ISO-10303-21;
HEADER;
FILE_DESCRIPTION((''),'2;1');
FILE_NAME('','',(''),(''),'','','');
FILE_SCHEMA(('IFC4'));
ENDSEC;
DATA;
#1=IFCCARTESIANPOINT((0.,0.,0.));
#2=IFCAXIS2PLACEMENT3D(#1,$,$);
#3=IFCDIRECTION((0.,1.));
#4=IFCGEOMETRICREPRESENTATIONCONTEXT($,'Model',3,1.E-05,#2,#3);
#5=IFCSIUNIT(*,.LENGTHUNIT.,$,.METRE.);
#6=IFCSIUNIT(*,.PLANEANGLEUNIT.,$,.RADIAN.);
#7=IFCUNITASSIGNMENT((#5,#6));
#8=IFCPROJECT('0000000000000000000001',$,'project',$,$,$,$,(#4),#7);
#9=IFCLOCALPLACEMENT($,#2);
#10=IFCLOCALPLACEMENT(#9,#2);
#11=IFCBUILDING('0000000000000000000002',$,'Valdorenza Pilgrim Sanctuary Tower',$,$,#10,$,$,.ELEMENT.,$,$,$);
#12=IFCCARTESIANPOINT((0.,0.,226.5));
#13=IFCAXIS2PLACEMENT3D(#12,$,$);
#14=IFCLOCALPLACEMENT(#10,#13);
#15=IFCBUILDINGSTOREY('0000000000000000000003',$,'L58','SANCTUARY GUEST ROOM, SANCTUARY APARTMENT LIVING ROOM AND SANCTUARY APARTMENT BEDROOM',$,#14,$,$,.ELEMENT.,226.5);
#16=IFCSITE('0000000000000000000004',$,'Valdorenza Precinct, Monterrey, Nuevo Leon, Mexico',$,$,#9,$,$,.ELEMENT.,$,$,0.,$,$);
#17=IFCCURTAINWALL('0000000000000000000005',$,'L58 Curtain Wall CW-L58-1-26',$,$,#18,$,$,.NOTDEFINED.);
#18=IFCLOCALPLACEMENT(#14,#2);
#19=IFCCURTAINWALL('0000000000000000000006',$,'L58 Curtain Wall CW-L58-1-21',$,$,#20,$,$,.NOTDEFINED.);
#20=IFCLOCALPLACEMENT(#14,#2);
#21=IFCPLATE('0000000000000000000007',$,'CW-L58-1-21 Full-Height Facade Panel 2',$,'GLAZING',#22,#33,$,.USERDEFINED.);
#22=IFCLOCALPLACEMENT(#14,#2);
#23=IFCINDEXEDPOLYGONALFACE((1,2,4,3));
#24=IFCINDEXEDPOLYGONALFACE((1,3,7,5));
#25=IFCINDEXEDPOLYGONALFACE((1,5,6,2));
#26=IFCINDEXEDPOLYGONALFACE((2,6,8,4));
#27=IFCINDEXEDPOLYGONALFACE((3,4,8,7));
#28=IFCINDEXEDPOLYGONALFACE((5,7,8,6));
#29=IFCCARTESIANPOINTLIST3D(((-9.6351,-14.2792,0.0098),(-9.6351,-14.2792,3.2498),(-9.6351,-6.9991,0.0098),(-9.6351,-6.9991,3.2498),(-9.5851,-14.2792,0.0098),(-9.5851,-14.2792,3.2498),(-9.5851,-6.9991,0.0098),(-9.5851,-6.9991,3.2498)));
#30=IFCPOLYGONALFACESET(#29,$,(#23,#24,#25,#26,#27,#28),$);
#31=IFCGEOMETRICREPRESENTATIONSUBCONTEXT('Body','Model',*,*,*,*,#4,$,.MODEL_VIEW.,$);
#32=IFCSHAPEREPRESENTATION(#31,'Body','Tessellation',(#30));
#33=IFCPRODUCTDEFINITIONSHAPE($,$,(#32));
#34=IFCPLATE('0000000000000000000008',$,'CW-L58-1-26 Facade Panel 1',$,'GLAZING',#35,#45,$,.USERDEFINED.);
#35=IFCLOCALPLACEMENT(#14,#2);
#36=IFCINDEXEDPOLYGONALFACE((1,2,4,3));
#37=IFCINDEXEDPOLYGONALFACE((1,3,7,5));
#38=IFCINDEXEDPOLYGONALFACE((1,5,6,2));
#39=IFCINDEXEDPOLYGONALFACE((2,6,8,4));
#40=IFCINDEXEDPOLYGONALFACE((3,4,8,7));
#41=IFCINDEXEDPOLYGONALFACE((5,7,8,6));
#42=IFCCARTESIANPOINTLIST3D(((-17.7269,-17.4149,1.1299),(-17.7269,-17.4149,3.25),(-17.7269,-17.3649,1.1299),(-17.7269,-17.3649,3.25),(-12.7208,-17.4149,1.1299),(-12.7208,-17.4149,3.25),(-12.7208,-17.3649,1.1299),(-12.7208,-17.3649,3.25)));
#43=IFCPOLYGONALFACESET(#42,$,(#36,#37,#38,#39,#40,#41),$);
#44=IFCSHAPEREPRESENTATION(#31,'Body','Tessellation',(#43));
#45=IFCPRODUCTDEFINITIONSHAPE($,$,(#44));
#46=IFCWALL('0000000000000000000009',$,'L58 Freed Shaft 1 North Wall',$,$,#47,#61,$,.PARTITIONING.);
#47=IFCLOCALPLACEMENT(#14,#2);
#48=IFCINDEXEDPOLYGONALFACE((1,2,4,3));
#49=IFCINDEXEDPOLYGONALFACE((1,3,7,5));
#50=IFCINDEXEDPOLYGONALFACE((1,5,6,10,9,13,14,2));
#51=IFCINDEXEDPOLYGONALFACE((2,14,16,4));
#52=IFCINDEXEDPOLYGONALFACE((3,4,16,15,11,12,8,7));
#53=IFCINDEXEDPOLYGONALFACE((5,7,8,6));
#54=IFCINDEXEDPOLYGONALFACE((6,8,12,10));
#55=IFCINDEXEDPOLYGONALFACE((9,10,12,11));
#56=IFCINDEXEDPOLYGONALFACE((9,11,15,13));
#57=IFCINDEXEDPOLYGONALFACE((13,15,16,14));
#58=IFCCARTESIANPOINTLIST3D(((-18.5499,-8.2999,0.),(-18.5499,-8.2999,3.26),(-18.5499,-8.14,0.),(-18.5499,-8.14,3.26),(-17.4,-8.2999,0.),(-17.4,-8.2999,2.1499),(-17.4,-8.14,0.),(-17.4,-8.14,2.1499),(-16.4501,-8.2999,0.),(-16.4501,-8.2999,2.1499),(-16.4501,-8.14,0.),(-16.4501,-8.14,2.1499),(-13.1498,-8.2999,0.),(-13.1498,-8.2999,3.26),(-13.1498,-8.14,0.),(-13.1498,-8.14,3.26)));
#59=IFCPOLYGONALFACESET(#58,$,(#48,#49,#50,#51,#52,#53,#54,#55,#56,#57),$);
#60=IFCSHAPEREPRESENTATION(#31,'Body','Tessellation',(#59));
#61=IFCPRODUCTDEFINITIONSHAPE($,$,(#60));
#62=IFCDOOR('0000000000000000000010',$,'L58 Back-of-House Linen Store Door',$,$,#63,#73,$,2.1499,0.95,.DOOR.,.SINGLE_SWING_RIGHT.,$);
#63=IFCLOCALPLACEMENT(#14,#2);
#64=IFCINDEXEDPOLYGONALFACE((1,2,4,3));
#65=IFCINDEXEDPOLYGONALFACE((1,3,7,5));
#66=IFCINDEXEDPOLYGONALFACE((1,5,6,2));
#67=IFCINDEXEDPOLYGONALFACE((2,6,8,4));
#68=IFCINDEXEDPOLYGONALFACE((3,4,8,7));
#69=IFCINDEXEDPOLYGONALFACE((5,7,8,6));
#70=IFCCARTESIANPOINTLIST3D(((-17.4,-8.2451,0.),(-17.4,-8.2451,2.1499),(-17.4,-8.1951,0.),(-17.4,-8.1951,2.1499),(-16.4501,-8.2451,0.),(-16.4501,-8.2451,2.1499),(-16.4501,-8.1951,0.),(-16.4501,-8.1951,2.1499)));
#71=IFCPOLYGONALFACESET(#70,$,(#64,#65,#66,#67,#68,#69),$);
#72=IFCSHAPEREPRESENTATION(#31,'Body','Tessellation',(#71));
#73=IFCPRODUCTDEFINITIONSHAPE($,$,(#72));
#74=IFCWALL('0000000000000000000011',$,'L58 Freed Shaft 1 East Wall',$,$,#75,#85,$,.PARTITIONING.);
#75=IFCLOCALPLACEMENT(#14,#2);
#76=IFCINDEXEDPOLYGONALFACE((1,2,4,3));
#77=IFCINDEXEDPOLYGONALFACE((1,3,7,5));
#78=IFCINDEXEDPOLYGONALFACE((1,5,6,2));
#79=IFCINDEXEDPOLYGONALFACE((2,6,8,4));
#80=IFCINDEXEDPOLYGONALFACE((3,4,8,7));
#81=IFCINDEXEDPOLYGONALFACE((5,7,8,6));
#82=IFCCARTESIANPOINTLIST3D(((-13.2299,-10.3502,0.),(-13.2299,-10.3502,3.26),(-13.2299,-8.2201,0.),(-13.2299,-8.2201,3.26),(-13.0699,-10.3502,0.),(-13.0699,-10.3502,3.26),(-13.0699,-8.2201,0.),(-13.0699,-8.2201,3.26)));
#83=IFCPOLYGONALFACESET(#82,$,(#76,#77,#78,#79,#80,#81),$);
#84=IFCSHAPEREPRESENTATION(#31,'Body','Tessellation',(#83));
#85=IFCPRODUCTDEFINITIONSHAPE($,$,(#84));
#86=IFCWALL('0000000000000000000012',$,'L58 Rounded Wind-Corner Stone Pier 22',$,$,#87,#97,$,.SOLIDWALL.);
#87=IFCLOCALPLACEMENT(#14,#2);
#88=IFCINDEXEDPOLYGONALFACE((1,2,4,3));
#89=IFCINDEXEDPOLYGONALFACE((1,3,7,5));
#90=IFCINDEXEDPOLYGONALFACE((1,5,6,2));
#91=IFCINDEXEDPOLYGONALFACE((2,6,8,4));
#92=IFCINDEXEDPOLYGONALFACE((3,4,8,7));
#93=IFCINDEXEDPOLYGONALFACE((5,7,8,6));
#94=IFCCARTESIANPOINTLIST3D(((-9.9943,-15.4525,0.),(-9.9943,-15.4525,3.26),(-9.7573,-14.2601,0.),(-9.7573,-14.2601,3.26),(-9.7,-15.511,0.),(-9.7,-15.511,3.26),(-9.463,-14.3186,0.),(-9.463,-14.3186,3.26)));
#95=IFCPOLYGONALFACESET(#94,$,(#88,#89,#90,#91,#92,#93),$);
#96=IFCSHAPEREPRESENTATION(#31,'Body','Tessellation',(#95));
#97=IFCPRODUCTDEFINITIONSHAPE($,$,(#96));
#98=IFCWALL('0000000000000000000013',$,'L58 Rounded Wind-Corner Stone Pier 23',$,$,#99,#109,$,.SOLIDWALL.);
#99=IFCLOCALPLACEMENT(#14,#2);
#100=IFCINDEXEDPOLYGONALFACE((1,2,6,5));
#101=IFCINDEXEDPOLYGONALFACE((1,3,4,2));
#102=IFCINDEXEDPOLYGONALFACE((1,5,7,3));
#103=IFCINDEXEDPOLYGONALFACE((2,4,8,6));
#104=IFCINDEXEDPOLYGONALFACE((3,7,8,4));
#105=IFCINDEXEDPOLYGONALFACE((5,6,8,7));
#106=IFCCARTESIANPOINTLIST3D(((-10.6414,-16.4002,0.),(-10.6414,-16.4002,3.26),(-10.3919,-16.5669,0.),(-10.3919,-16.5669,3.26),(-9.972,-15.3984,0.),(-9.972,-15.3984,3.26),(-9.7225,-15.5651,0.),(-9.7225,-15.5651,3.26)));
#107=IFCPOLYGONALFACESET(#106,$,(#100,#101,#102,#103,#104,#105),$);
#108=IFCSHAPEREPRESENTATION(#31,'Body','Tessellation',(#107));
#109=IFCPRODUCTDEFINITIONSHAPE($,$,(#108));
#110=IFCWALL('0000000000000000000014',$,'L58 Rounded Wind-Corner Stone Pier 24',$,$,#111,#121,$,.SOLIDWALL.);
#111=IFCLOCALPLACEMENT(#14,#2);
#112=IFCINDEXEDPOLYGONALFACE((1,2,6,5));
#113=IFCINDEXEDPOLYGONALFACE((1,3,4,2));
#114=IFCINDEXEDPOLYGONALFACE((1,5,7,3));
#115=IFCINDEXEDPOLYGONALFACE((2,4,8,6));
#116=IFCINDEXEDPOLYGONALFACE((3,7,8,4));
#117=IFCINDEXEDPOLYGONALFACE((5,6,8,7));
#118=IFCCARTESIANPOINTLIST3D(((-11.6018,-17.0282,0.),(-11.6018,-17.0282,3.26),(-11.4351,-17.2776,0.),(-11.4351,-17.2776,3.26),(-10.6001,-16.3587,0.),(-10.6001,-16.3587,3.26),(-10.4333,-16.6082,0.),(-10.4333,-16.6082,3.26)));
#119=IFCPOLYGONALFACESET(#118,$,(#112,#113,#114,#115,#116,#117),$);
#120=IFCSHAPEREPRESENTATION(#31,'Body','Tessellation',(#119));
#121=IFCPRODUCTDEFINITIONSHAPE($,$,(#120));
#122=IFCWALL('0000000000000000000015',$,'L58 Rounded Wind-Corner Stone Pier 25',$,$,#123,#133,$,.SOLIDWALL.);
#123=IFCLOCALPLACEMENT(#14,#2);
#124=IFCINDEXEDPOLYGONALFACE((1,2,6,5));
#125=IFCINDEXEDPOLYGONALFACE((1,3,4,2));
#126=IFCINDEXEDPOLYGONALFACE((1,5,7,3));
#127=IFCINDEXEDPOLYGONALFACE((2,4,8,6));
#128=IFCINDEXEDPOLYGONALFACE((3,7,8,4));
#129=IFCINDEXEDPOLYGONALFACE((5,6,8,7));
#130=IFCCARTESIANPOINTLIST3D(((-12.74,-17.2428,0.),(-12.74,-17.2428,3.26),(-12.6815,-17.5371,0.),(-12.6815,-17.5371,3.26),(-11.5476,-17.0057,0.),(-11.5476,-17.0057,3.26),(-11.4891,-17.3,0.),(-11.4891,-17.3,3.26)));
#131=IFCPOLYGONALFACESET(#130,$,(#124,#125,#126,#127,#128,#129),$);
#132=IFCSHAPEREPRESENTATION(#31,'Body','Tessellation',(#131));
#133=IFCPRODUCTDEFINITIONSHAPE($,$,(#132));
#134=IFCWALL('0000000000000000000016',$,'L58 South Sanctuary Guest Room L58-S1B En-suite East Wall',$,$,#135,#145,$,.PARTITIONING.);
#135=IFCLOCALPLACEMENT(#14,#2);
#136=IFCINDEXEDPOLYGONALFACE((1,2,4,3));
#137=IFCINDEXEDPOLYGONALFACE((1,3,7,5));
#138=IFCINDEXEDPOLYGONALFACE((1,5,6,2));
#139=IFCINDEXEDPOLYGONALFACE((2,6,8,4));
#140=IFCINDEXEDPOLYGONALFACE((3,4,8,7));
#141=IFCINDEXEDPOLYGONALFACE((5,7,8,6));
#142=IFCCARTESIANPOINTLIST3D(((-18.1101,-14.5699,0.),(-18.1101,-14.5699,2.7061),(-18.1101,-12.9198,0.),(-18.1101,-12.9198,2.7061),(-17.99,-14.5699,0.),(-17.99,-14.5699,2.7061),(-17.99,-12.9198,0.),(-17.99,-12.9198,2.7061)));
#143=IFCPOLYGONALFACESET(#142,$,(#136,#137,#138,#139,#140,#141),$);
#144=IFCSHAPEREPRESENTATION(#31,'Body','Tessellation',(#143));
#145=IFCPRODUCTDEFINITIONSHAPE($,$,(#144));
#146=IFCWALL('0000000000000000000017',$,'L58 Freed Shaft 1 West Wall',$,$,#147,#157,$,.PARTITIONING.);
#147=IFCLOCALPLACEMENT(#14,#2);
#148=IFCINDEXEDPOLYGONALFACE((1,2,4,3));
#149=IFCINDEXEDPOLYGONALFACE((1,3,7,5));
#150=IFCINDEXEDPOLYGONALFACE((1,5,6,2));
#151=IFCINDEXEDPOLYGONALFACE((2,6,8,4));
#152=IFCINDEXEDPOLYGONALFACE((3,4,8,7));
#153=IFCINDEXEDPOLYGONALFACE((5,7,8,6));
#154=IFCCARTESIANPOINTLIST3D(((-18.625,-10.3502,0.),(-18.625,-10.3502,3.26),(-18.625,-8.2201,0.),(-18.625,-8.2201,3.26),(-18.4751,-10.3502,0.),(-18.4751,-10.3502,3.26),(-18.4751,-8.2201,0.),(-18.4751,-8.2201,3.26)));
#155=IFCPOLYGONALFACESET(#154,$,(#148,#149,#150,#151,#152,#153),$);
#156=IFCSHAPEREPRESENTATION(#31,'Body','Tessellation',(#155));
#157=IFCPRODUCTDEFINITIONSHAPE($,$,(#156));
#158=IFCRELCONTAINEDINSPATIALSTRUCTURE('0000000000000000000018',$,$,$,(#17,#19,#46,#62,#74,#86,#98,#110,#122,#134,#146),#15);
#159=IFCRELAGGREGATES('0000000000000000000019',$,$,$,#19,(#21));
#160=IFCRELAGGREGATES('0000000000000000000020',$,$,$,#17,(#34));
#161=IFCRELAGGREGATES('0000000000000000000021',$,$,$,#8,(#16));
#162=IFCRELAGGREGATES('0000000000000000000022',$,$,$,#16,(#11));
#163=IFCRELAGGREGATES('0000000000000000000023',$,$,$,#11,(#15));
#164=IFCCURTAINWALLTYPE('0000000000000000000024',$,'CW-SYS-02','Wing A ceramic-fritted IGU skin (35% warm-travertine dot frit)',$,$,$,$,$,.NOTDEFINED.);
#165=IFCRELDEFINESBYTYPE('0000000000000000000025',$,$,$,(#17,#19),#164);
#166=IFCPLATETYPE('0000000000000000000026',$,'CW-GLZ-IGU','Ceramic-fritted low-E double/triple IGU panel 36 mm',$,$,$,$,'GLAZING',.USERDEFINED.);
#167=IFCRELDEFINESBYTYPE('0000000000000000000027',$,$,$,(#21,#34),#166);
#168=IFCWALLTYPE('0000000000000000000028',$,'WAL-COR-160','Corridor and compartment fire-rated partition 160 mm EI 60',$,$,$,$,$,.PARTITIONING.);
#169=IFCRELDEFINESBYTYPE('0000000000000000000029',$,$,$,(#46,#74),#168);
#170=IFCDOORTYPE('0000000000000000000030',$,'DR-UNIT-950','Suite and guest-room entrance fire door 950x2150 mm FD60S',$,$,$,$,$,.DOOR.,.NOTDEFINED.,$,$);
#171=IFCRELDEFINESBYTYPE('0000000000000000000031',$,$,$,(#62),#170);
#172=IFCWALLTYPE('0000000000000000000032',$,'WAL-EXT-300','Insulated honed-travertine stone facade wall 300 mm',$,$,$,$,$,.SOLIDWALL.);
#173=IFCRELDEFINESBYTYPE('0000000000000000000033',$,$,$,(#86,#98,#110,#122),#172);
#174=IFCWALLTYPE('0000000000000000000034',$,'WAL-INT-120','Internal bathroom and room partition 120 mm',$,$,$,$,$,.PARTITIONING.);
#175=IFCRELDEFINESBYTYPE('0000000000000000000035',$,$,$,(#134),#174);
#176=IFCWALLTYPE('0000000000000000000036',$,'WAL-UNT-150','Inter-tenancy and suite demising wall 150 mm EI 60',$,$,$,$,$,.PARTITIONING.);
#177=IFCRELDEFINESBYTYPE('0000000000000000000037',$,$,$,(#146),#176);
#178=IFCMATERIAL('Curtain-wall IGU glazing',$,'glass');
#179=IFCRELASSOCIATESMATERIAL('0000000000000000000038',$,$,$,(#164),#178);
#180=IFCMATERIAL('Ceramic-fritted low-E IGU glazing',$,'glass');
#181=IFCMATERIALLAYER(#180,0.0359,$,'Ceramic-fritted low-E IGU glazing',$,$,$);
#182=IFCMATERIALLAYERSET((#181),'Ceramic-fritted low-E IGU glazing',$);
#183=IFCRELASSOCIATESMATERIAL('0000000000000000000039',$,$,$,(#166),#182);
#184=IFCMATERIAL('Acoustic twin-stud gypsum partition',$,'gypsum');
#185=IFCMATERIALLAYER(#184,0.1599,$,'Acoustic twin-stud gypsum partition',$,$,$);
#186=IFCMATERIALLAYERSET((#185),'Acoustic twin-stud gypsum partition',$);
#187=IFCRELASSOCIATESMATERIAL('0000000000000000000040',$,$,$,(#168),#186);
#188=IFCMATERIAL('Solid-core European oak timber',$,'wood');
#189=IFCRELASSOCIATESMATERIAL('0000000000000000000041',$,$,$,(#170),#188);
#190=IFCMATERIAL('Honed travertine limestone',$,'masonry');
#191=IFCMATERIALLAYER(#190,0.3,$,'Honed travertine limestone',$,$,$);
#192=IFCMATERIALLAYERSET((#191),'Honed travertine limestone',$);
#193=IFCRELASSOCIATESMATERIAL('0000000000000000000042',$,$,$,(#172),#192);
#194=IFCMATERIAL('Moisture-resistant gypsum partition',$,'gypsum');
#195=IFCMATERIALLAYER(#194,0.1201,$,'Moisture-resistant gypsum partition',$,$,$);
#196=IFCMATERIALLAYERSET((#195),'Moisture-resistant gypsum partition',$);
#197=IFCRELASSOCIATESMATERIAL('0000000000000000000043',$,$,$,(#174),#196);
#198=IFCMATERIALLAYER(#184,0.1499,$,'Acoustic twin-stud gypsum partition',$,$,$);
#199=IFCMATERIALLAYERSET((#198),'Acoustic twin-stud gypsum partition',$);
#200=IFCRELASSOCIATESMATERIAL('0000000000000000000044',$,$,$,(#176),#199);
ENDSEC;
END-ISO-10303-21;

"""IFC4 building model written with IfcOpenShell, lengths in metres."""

from ifc_helpers import new_model, si_unit, direction, frame, frame_2d, origin, origin_2d, place, context, subcontext, project, spatial, rectangle, extrude, source, transform, mapped, material, layer, layer_set, type_object, element, fill, aggregate, save


model = new_model("IFC4")

# Units and contexts
model_context = context("Model", 3, precision=1e-05, world=origin(), true_north=direction((0.0, 1.0)))
body_context = subcontext(model_context, "Body", "Model", "MODEL_VIEW")
ifc_project = project(units=[si_unit("LENGTHUNIT", "METRE"), si_unit("PLANEANGLEUNIT", "RADIAN")], contexts=[model_context])

# Site, building, storey
site_placement = place(None, origin())
site = spatial("IfcSite", under=ifc_project, at=site_placement, Name="Valdorenza Precinct, Monterrey, Nuevo Leon, Mexico", CompositionType="ELEMENT", RefElevation=0.0)
building_placement = place(site_placement, origin())
building = spatial("IfcBuilding", under=site, at=building_placement, Name="Valdorenza Pilgrim Sanctuary Tower", CompositionType="ELEMENT")
storey_placement = place(building_placement, frame((0.0, 0.0, 226.5)))
storey = spatial("IfcBuildingStorey", under=building, at=storey_placement, Name="L58", Description="SANCTUARY GUEST ROOM, SANCTUARY APARTMENT LIVING ROOM AND SANCTUARY APARTMENT BEDROOM", CompositionType="ELEMENT", Elevation=226.5)

# Curtain walls
ifc_material_1 = material(Name="Curtain-wall IGU glazing", Category="glass")
curtain_wall_type = type_object("IfcCurtainWallType", Name="CW-SYS-02", Description="Wing A ceramic-fritted IGU skin (35% warm-travertine dot frit)", PredefinedType="NOTDEFINED", material=ifc_material_1)
curtain_wall_1_placement = place(storey_placement, origin())
curtain_wall_1 = element("IfcCurtainWall", 1, at=curtain_wall_1_placement, inside=storey, type_object=curtain_wall_type, Name="L58 Curtain Wall CW-L58-1-26", PredefinedType="NOTDEFINED")
curtain_wall_2_placement = place(storey_placement, origin())
curtain_wall_2 = element("IfcCurtainWall", 2, at=curtain_wall_2_placement, inside=storey, type_object=curtain_wall_type, Name="L58 Curtain Wall CW-L58-1-21", PredefinedType="NOTDEFINED")

# Plates
ifc_material_2 = material(Name="Honed travertine limestone", Category="masonry")
ifc_material_3 = material(Name="Ceramic-fritted low-E IGU glazing", Category="glass")
ifc_layer_1 = layer(ifc_material_3, 0.0359, Name="Ceramic-fritted low-E IGU glazing")
ifc_layer_set_1 = layer_set([ifc_layer_1], Name="Ceramic-fritted low-E IGU glazing")
plate_type_1 = type_object("IfcPlateType", Name="CW-GLZ-IGU", Description="Ceramic-fritted low-E double/triple IGU panel 36 mm", ElementType="GLAZING", PredefinedType="USERDEFINED", material=ifc_layer_set_1)
shared_shape_1 = source(origin(), body_context, "Body", "SweptSolid", [
    extrude(rectangle(XDim=7.28, YDim=0.05, at=origin_2d()), origin(), (0.0, 0.0, 1.0), 3.24),
])
plate_1_placement = place(storey_placement, frame((-9.6101, -10.6392, 0.0098), z_axis=(0.0, 0.0, 1.0), x_axis=(0.0, -1.0, 0.0)))
plate_1 = element("IfcPlate", 3, at=plate_1_placement, type_object=plate_type_1, Name="CW-L58-1-21 Full-Height Facade Panel 2", ObjectType="GLAZING", PredefinedType="USERDEFINED", context=body_context, shape_type="MappedRepresentation", body=[
    mapped(shared_shape_1, transform((0.0, 0.0, 0.0), x_axis=(1.0, 0.0, 0.0), y_axis=(0.0, 1.0, 0.0), z_axis=(0.0, 0.0, 1.0), scale=1.0)),
])
aggregate(curtain_wall_2, [plate_1])
shared_shape_2 = source(origin(), body_context, "Body", "SweptSolid", [
    extrude(rectangle(XDim=5.0061, YDim=0.05, at=origin_2d()), origin(), (0.0, 0.0, 1.0), 2.1201),
])
plate_2_placement = place(storey_placement, frame((-15.2239, -17.3899, 1.1299), z_axis=(0.0, 0.0, 1.0), x_axis=(-1.0, 0.0, 0.0)))
plate_2 = element("IfcPlate", 4, at=plate_2_placement, type_object=plate_type_1, Name="CW-L58-1-26 Facade Panel 1", ObjectType="GLAZING", PredefinedType="USERDEFINED", context=body_context, shape_type="MappedRepresentation", body=[
    mapped(shared_shape_2, transform((0.0, 0.0, 0.0), x_axis=(1.0, 0.0, 0.0), y_axis=(0.0, 1.0, 0.0), z_axis=(0.0, 0.0, 1.0), scale=1.0)),
])
aggregate(curtain_wall_1, [plate_2])

# Wall, opening, door
ifc_material_4 = material(Name="Acoustic twin-stud gypsum partition", Category="gypsum")
ifc_layer_2 = layer(ifc_material_4, 0.1599, Name="Acoustic twin-stud gypsum partition")
ifc_layer_set_2 = layer_set([ifc_layer_2], Name="Acoustic twin-stud gypsum partition")
wall_type_1 = type_object("IfcWallType", Name="WAL-COR-160", Description="Corridor and compartment fire-rated partition 160 mm EI 60", PredefinedType="PARTITIONING", material=ifc_layer_set_2)
wall_1_placement = place(storey_placement, frame((-18.55, -8.22, 0.0), z_axis=(0.0, 0.0, 1.0), x_axis=(1.0, 0.0, 0.0)))
wall_1 = element("IfcWall", 5, at=wall_1_placement, inside=storey, type_object=wall_type_1, Name="L58 Freed Shaft 1 North Wall", PredefinedType="PARTITIONING", context=body_context, shape_type="SweptSolid", body=[
    extrude(rectangle(XDim=5.4001, YDim=0.1599, at=frame_2d((2.7002, 0.0))), origin(), (0.0, 0.0, 1.0), 3.26),
])
opening_placement = place(wall_1_placement, frame((1.1499, 0.0, 0.0)))
opening = element("IfcOpeningElement", 6, at=opening_placement, cuts=wall_1, PredefinedType="OPENING", context=body_context, shape_type="SweptSolid", body=[
    extrude(rectangle(XDim=0.95, YDim=2.1499, at=frame_2d((0.4751, 1.075))), frame((0.0, 0.0947, 0.0), z_axis=(0.0, -1.0, 0.0), x_axis=(1.0, 0.0, 0.0)), (0.0, 0.0, 1.0), 0.1897),
])
ifc_material_5 = material(Name="Solid-core European oak timber", Category="wood")
door_type = type_object("IfcDoorType", Name="DR-UNIT-950", Description="Suite and guest-room entrance fire door 950x2150 mm FD60S", OperationType="NOTDEFINED", PredefinedType="DOOR", material=ifc_material_5)
door_placement = place(opening_placement, origin())
door = element("IfcDoor", 7, at=door_placement, inside=storey, type_object=door_type, Name="L58 Back-of-House Linen Store Door", OperationType="SINGLE_SWING_RIGHT", OverallHeight=2.1499, OverallWidth=0.95, PredefinedType="DOOR", context=body_context, shape_type="SweptSolid", body=[
    extrude(rectangle(XDim=0.95, YDim=2.1499, at=frame_2d((0.4751, 1.075))), frame((0.0, 0.0249, 0.0), z_axis=(0.0, -1.0, 0.0), x_axis=(1.0, 0.0, 0.0)), (0.0, 0.0, 1.0), 0.05),
])
fill(opening, door)

# Walls
wall_2_placement = place(storey_placement, frame((-13.1499, -10.3501, 0.0), z_axis=(0.0, 0.0, 1.0), x_axis=(0.0, 1.0, 0.0)))
element("IfcWall", 8, at=wall_2_placement, inside=storey, type_object=wall_type_1, Name="L58 Freed Shaft 1 East Wall", PredefinedType="PARTITIONING", context=body_context, shape_type="SweptSolid", body=[
    extrude(rectangle(XDim=2.1301, YDim=0.1599, at=frame_2d((1.0649, 0.0))), origin(), (0.0, 0.0, 1.0), 3.26),
])
ifc_layer_3 = layer(ifc_material_2, 0.3, Name="Honed travertine limestone")
ifc_layer_set_3 = layer_set([ifc_layer_3], Name="Honed travertine limestone")
wall_type_2 = type_object("IfcWallType", Name="WAL-EXT-300", Description="Insulated honed-travertine stone facade wall 300 mm", PredefinedType="SOLIDWALL", material=ifc_layer_set_3)
wall_3_placement = place(storey_placement, frame((-9.6101, -14.2893, 0.0), z_axis=(0.0, 0.0, 1.0), x_axis=(-0.194996, -0.980804, 0.0)))
element("IfcWall", 9, at=wall_3_placement, inside=storey, type_object=wall_type_2, Name="L58 Rounded Wind-Corner Stone Pier 22", PredefinedType="SOLIDWALL", context=body_context, shape_type="SweptSolid", body=[
    extrude(rectangle(XDim=1.2158, YDim=0.3, at=frame_2d((0.6079, 0.0))), origin(), (0.0, 0.0, 1.0), 3.26),
])
for number, where, z_axis, x_axis, name in (
    (10, (-9.8472, -15.4817, 0.0), (0.0, 0.0, 1.0), (-0.555635, -0.831426, 0.0), "L58 Rounded Wind-Corner Stone Pier 23"),
    (11, (-10.5166, -16.4834, 0.0), (0.0, 0.0, 1.0), (-0.831426, -0.555635, 0.0), "L58 Rounded Wind-Corner Stone Pier 24"),
):
    element("IfcWall", number, at=place(storey_placement, frame(where, z_axis=z_axis, x_axis=x_axis)), inside=storey, type_object=wall_type_2, Name=name, PredefinedType="SOLIDWALL", context=body_context, shape_type="SweptSolid", body=[
        extrude(rectangle(XDim=1.2048, YDim=0.3, at=frame_2d((0.6025, 0.0))), origin(), (0.0, 0.0, 1.0), 3.26),
    ])
wall_4_placement = place(storey_placement, frame((-11.5183, -17.1528, 0.0), z_axis=(0.0, 0.0, 1.0), x_axis=(-0.980804, -0.194996, 0.0)))
element("IfcWall", 12, at=wall_4_placement, inside=storey, type_object=wall_type_2, Name="L58 Rounded Wind-Corner Stone Pier 25", PredefinedType="SOLIDWALL", context=body_context, shape_type="SweptSolid", body=[
    extrude(rectangle(XDim=1.2158, YDim=0.3, at=frame_2d((0.6079, 0.0))), origin(), (0.0, 0.0, 1.0), 3.26),
])
ifc_material_6 = material(Name="Moisture-resistant gypsum partition", Category="gypsum")
ifc_layer_4 = layer(ifc_material_6, 0.1201, Name="Moisture-resistant gypsum partition")
ifc_layer_set_4 = layer_set([ifc_layer_4], Name="Moisture-resistant gypsum partition")
wall_type_3 = type_object("IfcWallType", Name="WAL-INT-120", Description="Internal bathroom and room partition 120 mm", PredefinedType="PARTITIONING", material=ifc_layer_set_4)
wall_5_placement = place(storey_placement, frame((-18.05, -14.5701, 0.0), z_axis=(0.0, 0.0, 1.0), x_axis=(0.0, 1.0, 0.0)))
element("IfcWall", 13, at=wall_5_placement, inside=storey, type_object=wall_type_3, Name="L58 South Sanctuary Guest Room L58-S1B En-suite East Wall", PredefinedType="PARTITIONING", context=body_context, shape_type="SweptSolid", body=[
    extrude(rectangle(XDim=1.6501, YDim=0.1201, at=frame_2d((0.8252, 0.0))), origin(), (0.0, 0.0, 1.0), 2.7061),
])
ifc_layer_5 = layer(ifc_material_4, 0.1499, Name="Acoustic twin-stud gypsum partition")
ifc_layer_set_5 = layer_set([ifc_layer_5], Name="Acoustic twin-stud gypsum partition")
wall_type_4 = type_object("IfcWallType", Name="WAL-UNT-150", Description="Inter-tenancy and suite demising wall 150 mm EI 60", PredefinedType="PARTITIONING", material=ifc_layer_set_5)
wall_6_placement = place(storey_placement, frame((-18.55, -10.3501, 0.0), z_axis=(0.0, 0.0, 1.0), x_axis=(0.0, 1.0, 0.0)))
element("IfcWall", 14, at=wall_6_placement, inside=storey, type_object=wall_type_4, Name="L58 Freed Shaft 1 West Wall", PredefinedType="PARTITIONING", context=body_context, shape_type="SweptSolid", body=[
    extrude(rectangle(XDim=2.1301, YDim=0.1499, at=frame_2d((1.0649, 0.0))), origin(), (0.0, 0.0, 1.0), 3.26),
])

save(model, "model.ifc")
